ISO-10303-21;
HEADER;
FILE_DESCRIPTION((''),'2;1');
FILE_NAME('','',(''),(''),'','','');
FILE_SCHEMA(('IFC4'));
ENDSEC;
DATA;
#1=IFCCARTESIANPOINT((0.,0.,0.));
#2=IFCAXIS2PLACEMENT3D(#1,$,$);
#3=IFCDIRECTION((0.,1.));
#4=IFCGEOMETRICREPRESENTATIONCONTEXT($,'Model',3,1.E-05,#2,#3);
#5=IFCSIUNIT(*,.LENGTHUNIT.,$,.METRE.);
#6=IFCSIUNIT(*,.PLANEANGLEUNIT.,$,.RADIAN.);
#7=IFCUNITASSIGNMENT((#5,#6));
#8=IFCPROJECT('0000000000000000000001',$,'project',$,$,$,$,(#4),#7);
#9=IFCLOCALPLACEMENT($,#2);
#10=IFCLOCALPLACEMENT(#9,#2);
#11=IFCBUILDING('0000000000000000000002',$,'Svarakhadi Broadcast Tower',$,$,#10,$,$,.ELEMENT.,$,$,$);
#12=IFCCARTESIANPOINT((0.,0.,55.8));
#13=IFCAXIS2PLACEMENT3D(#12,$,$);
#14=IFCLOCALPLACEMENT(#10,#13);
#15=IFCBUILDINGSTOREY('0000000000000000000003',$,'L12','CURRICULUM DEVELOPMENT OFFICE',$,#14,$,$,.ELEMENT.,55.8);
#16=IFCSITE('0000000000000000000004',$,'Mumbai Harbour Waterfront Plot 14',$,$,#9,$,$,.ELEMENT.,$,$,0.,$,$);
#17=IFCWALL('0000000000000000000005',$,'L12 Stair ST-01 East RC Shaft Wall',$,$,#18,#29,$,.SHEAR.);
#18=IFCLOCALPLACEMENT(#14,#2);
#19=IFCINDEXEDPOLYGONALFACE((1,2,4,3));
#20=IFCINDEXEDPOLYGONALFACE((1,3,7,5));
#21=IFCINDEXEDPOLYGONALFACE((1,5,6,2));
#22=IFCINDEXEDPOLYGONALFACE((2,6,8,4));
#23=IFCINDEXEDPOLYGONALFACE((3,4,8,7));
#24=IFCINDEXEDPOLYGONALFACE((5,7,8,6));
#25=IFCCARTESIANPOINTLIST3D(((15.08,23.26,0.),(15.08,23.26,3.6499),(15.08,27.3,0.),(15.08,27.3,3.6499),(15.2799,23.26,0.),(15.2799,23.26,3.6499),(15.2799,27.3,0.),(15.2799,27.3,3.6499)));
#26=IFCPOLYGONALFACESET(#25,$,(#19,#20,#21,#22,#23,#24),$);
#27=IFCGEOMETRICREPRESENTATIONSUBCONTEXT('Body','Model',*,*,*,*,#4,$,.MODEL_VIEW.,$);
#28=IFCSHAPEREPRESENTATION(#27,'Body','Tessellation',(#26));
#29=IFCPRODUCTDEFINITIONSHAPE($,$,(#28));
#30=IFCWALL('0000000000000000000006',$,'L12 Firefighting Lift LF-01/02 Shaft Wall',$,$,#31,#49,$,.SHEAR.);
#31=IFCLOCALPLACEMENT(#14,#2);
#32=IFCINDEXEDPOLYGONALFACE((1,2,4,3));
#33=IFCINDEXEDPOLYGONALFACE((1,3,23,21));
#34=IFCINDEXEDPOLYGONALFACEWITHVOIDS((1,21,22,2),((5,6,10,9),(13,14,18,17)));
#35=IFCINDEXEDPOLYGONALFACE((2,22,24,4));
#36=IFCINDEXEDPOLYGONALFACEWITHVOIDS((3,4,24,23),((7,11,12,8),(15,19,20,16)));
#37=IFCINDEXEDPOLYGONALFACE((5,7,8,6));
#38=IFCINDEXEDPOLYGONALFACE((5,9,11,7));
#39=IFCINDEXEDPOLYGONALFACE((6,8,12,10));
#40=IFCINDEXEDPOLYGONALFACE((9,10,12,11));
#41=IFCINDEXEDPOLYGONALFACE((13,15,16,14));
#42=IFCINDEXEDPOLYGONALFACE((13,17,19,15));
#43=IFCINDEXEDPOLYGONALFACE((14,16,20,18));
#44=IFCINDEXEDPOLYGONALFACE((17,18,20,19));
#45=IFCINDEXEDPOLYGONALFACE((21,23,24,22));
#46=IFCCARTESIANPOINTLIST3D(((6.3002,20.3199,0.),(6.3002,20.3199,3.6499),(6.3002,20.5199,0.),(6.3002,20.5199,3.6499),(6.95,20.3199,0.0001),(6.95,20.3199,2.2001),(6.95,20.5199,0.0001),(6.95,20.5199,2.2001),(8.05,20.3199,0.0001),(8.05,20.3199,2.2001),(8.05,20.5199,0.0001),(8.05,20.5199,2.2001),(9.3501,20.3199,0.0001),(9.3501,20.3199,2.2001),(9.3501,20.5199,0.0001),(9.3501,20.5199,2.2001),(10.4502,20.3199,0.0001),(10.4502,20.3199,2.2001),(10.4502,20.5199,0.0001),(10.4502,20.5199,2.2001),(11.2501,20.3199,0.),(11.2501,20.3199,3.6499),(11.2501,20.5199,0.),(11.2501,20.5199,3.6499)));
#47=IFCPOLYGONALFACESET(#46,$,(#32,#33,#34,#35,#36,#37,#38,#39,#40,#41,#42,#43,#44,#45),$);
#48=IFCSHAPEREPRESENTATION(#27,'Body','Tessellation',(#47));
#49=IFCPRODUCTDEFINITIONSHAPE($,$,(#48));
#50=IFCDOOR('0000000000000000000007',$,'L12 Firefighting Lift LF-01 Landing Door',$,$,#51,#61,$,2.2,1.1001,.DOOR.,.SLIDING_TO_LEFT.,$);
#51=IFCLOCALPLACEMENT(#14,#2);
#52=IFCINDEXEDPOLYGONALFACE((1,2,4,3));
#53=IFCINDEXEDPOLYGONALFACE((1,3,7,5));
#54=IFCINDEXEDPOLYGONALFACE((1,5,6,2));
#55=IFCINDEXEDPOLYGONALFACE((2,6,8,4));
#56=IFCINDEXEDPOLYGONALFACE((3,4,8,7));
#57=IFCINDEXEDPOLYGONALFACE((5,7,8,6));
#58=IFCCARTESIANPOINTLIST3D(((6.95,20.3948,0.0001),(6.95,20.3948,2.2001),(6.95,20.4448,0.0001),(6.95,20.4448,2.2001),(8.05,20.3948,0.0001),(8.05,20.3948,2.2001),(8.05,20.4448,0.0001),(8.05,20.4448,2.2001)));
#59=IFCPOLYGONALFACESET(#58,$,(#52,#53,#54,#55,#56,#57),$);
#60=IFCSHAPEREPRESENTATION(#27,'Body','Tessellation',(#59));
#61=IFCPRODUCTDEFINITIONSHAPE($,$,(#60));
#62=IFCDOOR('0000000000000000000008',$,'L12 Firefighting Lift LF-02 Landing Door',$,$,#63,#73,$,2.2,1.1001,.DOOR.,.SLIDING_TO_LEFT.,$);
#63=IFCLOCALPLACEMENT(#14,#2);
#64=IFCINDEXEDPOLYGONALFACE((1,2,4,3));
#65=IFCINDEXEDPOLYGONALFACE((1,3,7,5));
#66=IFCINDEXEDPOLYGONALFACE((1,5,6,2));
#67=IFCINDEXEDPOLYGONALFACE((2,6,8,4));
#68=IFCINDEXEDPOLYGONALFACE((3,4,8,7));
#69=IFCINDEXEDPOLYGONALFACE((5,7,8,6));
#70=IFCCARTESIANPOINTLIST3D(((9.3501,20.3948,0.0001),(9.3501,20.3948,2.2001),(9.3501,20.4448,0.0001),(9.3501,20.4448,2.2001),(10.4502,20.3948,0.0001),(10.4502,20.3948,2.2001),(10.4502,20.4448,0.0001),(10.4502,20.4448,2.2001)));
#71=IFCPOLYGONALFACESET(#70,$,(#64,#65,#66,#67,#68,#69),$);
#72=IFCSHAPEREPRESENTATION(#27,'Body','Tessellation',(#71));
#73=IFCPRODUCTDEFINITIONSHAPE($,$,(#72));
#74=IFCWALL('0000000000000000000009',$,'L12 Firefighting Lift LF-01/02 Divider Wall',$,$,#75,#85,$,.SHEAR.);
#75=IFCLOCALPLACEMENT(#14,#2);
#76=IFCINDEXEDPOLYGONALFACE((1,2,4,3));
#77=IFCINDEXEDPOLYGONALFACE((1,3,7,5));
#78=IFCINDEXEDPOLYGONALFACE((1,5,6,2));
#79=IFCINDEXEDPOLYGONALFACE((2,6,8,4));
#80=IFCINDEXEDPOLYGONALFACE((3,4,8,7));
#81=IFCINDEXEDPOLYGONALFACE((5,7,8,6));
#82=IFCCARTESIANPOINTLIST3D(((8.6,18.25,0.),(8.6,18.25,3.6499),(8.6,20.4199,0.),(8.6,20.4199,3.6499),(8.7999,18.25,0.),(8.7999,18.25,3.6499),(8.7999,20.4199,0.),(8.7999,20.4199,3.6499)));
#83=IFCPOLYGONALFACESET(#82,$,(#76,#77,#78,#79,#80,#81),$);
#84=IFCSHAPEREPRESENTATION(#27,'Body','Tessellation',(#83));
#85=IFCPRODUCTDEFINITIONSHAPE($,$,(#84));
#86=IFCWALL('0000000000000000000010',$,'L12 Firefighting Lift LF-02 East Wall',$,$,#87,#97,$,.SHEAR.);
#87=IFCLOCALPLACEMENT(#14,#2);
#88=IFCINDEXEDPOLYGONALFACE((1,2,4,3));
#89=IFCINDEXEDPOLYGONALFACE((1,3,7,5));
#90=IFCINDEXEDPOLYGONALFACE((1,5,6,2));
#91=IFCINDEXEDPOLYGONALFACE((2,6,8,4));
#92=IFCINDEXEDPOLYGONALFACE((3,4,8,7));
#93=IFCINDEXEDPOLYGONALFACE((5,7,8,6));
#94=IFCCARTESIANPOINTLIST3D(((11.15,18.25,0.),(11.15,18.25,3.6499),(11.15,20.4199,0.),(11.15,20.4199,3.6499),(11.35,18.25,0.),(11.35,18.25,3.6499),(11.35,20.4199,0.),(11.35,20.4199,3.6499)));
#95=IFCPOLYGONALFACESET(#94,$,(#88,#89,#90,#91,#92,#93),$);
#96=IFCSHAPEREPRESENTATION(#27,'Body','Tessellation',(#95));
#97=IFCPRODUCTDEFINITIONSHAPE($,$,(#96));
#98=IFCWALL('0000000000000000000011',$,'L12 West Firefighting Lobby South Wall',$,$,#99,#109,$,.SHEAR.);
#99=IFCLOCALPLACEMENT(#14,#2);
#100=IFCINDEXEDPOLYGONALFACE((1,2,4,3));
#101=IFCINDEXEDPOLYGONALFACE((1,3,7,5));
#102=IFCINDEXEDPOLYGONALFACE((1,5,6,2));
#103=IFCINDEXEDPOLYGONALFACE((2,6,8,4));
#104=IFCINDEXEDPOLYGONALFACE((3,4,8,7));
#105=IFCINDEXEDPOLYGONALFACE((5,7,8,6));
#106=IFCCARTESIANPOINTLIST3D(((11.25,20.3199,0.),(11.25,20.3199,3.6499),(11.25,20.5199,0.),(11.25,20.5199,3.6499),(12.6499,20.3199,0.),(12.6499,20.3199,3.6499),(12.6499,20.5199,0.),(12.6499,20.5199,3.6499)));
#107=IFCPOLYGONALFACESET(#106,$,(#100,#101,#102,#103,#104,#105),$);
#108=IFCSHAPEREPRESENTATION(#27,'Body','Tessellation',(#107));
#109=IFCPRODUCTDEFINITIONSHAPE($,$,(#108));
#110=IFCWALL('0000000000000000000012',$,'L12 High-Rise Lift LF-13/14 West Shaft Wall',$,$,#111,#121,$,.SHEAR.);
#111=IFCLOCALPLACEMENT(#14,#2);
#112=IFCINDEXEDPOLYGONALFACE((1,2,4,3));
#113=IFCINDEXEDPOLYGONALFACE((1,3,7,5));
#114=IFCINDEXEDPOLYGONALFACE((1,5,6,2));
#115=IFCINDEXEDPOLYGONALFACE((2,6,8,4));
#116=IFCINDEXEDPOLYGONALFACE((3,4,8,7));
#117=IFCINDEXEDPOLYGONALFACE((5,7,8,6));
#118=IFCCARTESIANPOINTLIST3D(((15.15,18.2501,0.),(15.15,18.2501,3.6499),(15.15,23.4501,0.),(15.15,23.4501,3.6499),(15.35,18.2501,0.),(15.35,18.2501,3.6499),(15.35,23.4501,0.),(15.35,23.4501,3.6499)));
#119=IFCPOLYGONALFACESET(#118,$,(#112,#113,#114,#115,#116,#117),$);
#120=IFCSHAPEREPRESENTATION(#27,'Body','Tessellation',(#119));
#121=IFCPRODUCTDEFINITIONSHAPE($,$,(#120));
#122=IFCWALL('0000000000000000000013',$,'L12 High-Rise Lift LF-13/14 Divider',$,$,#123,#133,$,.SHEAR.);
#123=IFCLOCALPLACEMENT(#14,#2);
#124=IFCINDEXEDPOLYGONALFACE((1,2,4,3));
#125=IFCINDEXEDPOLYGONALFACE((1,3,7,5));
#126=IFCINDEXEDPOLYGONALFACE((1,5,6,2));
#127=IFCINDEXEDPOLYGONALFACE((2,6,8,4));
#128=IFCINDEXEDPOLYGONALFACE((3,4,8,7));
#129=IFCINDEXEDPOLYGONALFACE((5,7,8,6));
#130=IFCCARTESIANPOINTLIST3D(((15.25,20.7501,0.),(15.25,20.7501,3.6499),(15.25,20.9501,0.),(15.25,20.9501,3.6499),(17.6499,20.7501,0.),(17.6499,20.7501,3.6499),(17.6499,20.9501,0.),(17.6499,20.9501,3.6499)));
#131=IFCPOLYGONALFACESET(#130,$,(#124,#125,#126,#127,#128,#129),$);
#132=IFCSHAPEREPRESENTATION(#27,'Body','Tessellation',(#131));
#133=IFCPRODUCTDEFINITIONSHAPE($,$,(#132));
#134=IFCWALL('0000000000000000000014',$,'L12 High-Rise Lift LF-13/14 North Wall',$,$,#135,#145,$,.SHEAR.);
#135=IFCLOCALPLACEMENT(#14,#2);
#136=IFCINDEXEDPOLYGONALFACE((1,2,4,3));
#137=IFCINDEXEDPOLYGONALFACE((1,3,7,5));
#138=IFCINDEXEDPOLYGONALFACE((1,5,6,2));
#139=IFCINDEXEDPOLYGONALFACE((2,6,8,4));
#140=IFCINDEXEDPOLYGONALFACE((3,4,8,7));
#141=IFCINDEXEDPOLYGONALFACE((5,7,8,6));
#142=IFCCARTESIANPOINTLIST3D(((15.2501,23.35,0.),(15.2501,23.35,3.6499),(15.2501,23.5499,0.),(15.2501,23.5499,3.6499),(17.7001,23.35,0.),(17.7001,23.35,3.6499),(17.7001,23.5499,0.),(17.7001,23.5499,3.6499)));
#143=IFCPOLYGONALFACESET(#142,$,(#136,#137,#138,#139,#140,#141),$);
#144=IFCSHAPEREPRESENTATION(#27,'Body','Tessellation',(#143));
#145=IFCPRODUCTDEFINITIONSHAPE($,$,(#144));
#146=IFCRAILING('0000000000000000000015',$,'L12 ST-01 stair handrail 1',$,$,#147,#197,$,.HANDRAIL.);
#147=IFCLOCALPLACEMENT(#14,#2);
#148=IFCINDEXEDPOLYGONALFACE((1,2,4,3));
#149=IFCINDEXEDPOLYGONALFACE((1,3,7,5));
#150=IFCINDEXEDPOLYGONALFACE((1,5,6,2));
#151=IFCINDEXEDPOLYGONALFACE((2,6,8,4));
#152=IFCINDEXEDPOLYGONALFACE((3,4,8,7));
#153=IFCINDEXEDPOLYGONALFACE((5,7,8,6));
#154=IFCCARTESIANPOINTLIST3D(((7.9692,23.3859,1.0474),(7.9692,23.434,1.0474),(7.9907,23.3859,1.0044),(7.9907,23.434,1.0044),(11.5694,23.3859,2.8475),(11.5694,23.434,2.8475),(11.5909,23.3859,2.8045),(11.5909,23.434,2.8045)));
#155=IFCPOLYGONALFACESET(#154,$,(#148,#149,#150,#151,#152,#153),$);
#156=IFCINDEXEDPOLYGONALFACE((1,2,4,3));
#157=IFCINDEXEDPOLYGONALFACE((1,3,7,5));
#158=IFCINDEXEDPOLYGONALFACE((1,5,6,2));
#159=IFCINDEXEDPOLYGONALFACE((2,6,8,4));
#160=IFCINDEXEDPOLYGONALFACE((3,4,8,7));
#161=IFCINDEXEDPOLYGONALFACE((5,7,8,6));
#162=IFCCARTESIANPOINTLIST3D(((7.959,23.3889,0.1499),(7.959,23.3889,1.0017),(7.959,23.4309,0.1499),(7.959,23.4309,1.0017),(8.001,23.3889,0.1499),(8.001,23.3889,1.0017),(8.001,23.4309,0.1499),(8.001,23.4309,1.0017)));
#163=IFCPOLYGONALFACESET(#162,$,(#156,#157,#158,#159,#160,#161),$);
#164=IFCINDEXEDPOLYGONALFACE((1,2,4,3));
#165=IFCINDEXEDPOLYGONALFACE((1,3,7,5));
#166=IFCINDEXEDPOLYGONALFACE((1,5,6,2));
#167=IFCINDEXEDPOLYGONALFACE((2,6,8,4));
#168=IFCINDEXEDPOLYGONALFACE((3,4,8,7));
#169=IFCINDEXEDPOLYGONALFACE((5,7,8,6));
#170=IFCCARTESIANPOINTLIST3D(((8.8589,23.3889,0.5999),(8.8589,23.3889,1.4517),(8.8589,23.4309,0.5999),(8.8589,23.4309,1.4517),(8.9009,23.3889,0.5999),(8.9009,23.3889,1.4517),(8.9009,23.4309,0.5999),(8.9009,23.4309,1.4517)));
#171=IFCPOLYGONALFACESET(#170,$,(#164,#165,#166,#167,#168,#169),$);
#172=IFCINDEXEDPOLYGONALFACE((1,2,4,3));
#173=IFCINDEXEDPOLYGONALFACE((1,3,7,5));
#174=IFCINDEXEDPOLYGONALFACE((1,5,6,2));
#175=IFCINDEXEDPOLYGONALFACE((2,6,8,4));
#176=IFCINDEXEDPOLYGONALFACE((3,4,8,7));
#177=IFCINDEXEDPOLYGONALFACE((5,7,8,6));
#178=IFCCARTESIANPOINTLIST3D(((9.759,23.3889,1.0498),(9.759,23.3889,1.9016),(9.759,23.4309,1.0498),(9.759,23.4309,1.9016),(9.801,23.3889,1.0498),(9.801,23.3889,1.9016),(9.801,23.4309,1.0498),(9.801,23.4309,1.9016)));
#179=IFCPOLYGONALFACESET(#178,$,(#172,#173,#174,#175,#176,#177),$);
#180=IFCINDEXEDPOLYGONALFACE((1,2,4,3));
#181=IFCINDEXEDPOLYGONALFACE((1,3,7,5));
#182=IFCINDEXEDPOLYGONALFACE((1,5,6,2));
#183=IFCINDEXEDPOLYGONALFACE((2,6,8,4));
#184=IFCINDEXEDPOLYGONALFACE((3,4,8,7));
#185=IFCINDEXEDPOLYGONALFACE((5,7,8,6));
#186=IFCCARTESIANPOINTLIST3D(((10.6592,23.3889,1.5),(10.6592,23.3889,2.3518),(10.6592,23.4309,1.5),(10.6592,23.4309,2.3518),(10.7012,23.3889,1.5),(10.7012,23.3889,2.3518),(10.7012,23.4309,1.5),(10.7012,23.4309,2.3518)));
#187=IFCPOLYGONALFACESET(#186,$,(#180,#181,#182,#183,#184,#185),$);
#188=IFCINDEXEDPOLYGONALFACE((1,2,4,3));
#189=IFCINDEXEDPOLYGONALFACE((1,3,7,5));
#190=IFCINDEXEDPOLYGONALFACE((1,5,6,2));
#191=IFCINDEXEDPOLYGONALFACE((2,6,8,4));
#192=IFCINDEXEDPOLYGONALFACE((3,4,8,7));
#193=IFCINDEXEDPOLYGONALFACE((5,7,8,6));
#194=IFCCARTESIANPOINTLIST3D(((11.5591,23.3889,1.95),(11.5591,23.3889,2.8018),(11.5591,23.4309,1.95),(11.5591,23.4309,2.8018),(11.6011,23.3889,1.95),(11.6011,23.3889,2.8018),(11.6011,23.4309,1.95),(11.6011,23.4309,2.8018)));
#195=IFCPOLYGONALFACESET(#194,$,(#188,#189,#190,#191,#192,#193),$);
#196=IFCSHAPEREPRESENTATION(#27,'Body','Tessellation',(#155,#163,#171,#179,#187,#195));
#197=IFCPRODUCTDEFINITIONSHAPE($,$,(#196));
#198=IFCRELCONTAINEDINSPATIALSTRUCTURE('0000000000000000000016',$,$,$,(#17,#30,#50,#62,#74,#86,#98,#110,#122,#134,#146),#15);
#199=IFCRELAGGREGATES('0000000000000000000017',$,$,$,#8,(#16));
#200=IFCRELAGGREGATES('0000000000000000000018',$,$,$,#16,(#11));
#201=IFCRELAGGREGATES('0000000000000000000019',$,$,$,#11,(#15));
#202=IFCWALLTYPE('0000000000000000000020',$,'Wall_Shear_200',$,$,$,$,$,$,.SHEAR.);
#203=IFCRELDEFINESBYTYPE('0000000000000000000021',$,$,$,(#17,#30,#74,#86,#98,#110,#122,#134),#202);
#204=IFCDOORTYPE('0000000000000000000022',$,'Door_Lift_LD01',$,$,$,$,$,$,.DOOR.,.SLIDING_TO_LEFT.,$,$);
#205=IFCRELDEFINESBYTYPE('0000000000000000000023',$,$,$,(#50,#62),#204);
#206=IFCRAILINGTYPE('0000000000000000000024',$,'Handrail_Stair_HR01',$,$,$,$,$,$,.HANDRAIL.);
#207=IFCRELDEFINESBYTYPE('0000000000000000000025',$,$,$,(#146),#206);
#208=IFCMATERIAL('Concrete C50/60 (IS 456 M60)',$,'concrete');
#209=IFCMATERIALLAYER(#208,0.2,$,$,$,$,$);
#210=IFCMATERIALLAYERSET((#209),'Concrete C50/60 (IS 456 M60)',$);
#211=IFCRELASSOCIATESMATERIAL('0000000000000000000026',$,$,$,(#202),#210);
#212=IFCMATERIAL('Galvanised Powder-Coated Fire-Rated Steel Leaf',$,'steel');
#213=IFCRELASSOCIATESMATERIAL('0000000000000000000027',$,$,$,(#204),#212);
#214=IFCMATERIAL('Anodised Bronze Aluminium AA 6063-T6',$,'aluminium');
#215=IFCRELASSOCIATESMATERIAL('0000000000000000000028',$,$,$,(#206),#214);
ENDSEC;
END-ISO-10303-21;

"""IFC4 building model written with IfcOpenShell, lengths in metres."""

from ifc_helpers import new_model, si_unit, direction, frame, frame_2d, origin, origin_2d, place, context, subcontext, project, spatial, rectangle, extrude, material, layer, layer_set, type_object, element, fill, save


model = new_model("IFC4")

# Units and contexts
model_context = context("Model", 3, precision=1e-05, world=origin(), true_north=direction((0.0, 1.0)))
body_context = subcontext(model_context, "Body", "Model", "MODEL_VIEW")
ifc_project = project(units=[si_unit("LENGTHUNIT", "METRE"), si_unit("PLANEANGLEUNIT", "RADIAN")], contexts=[model_context])

# Site, building, storey
site_placement = place(None, origin())
site = spatial("IfcSite", under=ifc_project, at=site_placement, Name="Mumbai Harbour Waterfront Plot 14", CompositionType="ELEMENT", RefElevation=0.0)
building_placement = place(site_placement, origin())
building = spatial("IfcBuilding", under=site, at=building_placement, Name="Svarakhadi Broadcast Tower", CompositionType="ELEMENT")
storey_placement = place(building_placement, frame((0.0, 0.0, 55.8)))
storey = spatial("IfcBuildingStorey", under=building, at=storey_placement, Name="L12", Description="CURRICULUM DEVELOPMENT OFFICE", CompositionType="ELEMENT", Elevation=55.8)

# Shared definitions
ifc_material_1 = material(Name="Concrete C50/60 (IS 456 M60)", Category="concrete")

# Shared definitions
ifc_layer_1 = layer(ifc_material_1, 0.2)
ifc_layer_set_1 = layer_set([ifc_layer_1], Name="Concrete C50/60 (IS 456 M60)")
wall_type_1 = type_object("IfcWallType", Name="Wall_Shear_200", PredefinedType="SHEAR", material=ifc_layer_set_1)
ifc_material_2 = material(Name="Galvanised Powder-Coated Fire-Rated Steel Leaf", Category="steel")

# Wall
wall_1_placement = place(storey_placement, frame((15.1799, 23.26, 0.0), z_axis=(0.0, 0.0, 1.0), x_axis=(0.0, 1.0, 0.0)))
element("IfcWall", 1, at=wall_1_placement, inside=storey, type_object=wall_type_1, Name="L12 Stair ST-01 East RC Shaft Wall", PredefinedType="SHEAR", context=body_context, shape_type="SweptSolid", body=[
    extrude(rectangle(XDim=4.04, YDim=0.2, at=frame_2d((2.02, 0.0))), origin(), (0.0, 0.0, 1.0), 3.6499),
])

# Wall, openings, doors
wall_2_placement = place(storey_placement, frame((6.3, 20.4199, 0.0), z_axis=(0.0, 0.0, 1.0), x_axis=(1.0, 0.0, 0.0)))
wall_2 = element("IfcWall", 2, at=wall_2_placement, inside=storey, type_object=wall_type_1, Name="L12 Firefighting Lift LF-01/02 Shaft Wall", PredefinedType="SHEAR", context=body_context, shape_type="SweptSolid", body=[
    extrude(rectangle(XDim=4.95, YDim=0.2, at=frame_2d((2.4751, 0.0))), origin(), (0.0, 0.0, 1.0), 3.6499),
])
opening_1_placement = place(wall_2_placement, frame((0.6499, 0.0, 0.0)))
opening_1 = element("IfcOpeningElement", 3, at=opening_1_placement, cuts=wall_2, PredefinedType="OPENING", context=body_context, shape_type="SweptSolid", body=[
    extrude(rectangle(XDim=1.1001, YDim=2.2, at=frame_2d((0.55, 1.1001))), frame((0.0, 0.1099, 0.0), z_axis=(0.0, -1.0, 0.0), x_axis=(1.0, 0.0, 0.0)), (0.0, 0.0, 1.0), 0.22),
])
opening_2_placement = place(wall_2_placement, frame((3.05, 0.0, 0.0)))
opening_2 = element("IfcOpeningElement", 4, at=opening_2_placement, cuts=wall_2, PredefinedType="OPENING", context=body_context, shape_type="SweptSolid", body=[
    extrude(rectangle(XDim=1.1001, YDim=2.2, at=frame_2d((0.55, 1.1001))), frame((0.0, 0.1099, 0.0), z_axis=(0.0, -1.0, 0.0), x_axis=(1.0, 0.0, 0.0)), (0.0, 0.0, 1.0), 0.22),
])
door_type_1 = type_object("IfcDoorType", Name="Door_Lift_LD01", OperationType="SLIDING_TO_LEFT", PredefinedType="DOOR", material=ifc_material_2)
door_1_placement = place(opening_1_placement, origin())
door_1 = element("IfcDoor", 5, at=door_1_placement, inside=storey, type_object=door_type_1, Name="L12 Firefighting Lift LF-01 Landing Door", OperationType="SLIDING_TO_LEFT", OverallHeight=2.2, OverallWidth=1.1001, PredefinedType="DOOR", context=body_context, shape_type="SweptSolid", body=[
    extrude(rectangle(XDim=1.1001, YDim=2.2, at=frame_2d((0.55, 1.1001))), frame((0.0, 0.0249, 0.0), z_axis=(0.0, -1.0, 0.0), x_axis=(1.0, 0.0, 0.0)), (0.0, 0.0, 1.0), 0.05),
])
fill(opening_1, door_1)
door_2_placement = place(opening_2_placement, origin())
door_2 = element("IfcDoor", 6, at=door_2_placement, inside=storey, type_object=door_type_1, Name="L12 Firefighting Lift LF-02 Landing Door", OperationType="SLIDING_TO_LEFT", OverallHeight=2.2, OverallWidth=1.1001, PredefinedType="DOOR", context=body_context, shape_type="SweptSolid", body=[
    extrude(rectangle(XDim=1.1001, YDim=2.2, at=frame_2d((0.55, 1.1001))), frame((0.0, 0.0249, 0.0), z_axis=(0.0, -1.0, 0.0), x_axis=(1.0, 0.0, 0.0)), (0.0, 0.0, 1.0), 0.05),
])
fill(opening_2, door_2)

# Walls
for number, where, z_axis, x_axis, name in (
    (7, (8.7, 18.25, 0.0), (0.0, 0.0, 1.0), (0.0, 1.0, 0.0), "L12 Firefighting Lift LF-01/02 Divider Wall"),
    (8, (11.25, 18.25, 0.0), (0.0, 0.0, 1.0), (0.0, 1.0, 0.0), "L12 Firefighting Lift LF-02 East Wall"),
):
    element("IfcWall", number, at=place(storey_placement, frame(where, z_axis=z_axis, x_axis=x_axis)), inside=storey, type_object=wall_type_1, Name=name, PredefinedType="SHEAR", context=body_context, shape_type="SweptSolid", body=[
        extrude(rectangle(XDim=2.1699, YDim=0.2, at=frame_2d((1.085, 0.0))), origin(), (0.0, 0.0, 1.0), 3.6499),
    ])
wall_3_placement = place(storey_placement, frame((11.25, 20.4199, 0.0), z_axis=(0.0, 0.0, 1.0), x_axis=(1.0, 0.0, 0.0)))
element("IfcWall", 9, at=wall_3_placement, inside=storey, type_object=wall_type_1, Name="L12 West Firefighting Lobby South Wall", PredefinedType="SHEAR", context=body_context, shape_type="SweptSolid", body=[
    extrude(rectangle(XDim=1.3999, YDim=0.2, at=frame_2d((0.7, 0.0))), origin(), (0.0, 0.0, 1.0), 3.6499),
])

# Walls
wall_4_placement = place(storey_placement, frame((15.25, 18.25, 0.0), z_axis=(0.0, 0.0, 1.0), x_axis=(0.0, 1.0, 0.0)))
element("IfcWall", 10, at=wall_4_placement, inside=storey, type_object=wall_type_1, Name="L12 High-Rise Lift LF-13/14 West Shaft Wall", PredefinedType="SHEAR", context=body_context, shape_type="SweptSolid", body=[
    extrude(rectangle(XDim=5.2, YDim=0.2, at=frame_2d((2.6001, 0.0))), origin(), (0.0, 0.0, 1.0), 3.6499),
])
wall_5_placement = place(storey_placement, frame((15.25, 20.8501, 0.0), z_axis=(0.0, 0.0, 1.0), x_axis=(1.0, 0.0, 0.0)))
element("IfcWall", 11, at=wall_5_placement, inside=storey, type_object=wall_type_1, Name="L12 High-Rise Lift LF-13/14 Divider", PredefinedType="SHEAR", context=body_context, shape_type="SweptSolid", body=[
    extrude(rectangle(XDim=2.3999, YDim=0.2, at=frame_2d((1.2, 0.0))), origin(), (0.0, 0.0, 1.0), 3.6499),
])
wall_6_placement = place(storey_placement, frame((15.25, 23.45, 0.0), z_axis=(0.0, 0.0, 1.0), x_axis=(1.0, 0.0, 0.0)))
element("IfcWall", 12, at=wall_6_placement, inside=storey, type_object=wall_type_1, Name="L12 High-Rise Lift LF-13/14 North Wall", PredefinedType="SHEAR", context=body_context, shape_type="SweptSolid", body=[
    extrude(rectangle(XDim=2.45, YDim=0.2, at=frame_2d((1.2251, 0.0))), origin(), (0.0, 0.0, 1.0), 3.6499),
])

# Railing
ifc_material_3 = material(Name="Anodised Bronze Aluminium AA 6063-T6", Category="aluminium")
railing_type = type_object("IfcRailingType", Name="Handrail_Stair_HR01", PredefinedType="HANDRAIL", material=ifc_material_3)
railing_placement = place(storey_placement, frame((7.98, 23.4099, 0.1499)))
element("IfcRailing", 13, at=railing_placement, inside=storey, type_object=railing_type, Name="L12 ST-01 stair handrail 1", PredefinedType="HANDRAIL", context=body_context, shape_type="SweptSolid", body=[
    extrude(rectangle(XDim=0.0481, YDim=0.0481, at=origin_2d()), frame((0.0, 0.0, 0.876), z_axis=(0.894427, 0.0, 0.447214), x_axis=(0.0, 1.0, 0.0)), (0.0, 0.0, 1.0), 4.0251),
    extrude(rectangle(XDim=0.042, YDim=0.042, at=origin_2d()), origin(), (0.0, 0.0, 1.0), 0.8518),
    extrude(rectangle(XDim=0.042, YDim=0.042, at=origin_2d()), frame((0.8999, 0.0, 0.45)), (0.0, 0.0, 1.0), 0.8518),
    extrude(rectangle(XDim=0.042, YDim=0.042, at=origin_2d()), frame((1.8, 0.0, 0.8999)), (0.0, 0.0, 1.0), 0.8518),
    extrude(rectangle(XDim=0.042, YDim=0.042, at=origin_2d()), frame((2.7002, 0.0, 1.3501)), (0.0, 0.0, 1.0), 0.8518),
    extrude(rectangle(XDim=0.042, YDim=0.042, at=origin_2d()), frame((3.6001, 0.0, 1.8)), (0.0, 0.0, 1.0), 0.8518),
])

save(model, "model.ifc")
